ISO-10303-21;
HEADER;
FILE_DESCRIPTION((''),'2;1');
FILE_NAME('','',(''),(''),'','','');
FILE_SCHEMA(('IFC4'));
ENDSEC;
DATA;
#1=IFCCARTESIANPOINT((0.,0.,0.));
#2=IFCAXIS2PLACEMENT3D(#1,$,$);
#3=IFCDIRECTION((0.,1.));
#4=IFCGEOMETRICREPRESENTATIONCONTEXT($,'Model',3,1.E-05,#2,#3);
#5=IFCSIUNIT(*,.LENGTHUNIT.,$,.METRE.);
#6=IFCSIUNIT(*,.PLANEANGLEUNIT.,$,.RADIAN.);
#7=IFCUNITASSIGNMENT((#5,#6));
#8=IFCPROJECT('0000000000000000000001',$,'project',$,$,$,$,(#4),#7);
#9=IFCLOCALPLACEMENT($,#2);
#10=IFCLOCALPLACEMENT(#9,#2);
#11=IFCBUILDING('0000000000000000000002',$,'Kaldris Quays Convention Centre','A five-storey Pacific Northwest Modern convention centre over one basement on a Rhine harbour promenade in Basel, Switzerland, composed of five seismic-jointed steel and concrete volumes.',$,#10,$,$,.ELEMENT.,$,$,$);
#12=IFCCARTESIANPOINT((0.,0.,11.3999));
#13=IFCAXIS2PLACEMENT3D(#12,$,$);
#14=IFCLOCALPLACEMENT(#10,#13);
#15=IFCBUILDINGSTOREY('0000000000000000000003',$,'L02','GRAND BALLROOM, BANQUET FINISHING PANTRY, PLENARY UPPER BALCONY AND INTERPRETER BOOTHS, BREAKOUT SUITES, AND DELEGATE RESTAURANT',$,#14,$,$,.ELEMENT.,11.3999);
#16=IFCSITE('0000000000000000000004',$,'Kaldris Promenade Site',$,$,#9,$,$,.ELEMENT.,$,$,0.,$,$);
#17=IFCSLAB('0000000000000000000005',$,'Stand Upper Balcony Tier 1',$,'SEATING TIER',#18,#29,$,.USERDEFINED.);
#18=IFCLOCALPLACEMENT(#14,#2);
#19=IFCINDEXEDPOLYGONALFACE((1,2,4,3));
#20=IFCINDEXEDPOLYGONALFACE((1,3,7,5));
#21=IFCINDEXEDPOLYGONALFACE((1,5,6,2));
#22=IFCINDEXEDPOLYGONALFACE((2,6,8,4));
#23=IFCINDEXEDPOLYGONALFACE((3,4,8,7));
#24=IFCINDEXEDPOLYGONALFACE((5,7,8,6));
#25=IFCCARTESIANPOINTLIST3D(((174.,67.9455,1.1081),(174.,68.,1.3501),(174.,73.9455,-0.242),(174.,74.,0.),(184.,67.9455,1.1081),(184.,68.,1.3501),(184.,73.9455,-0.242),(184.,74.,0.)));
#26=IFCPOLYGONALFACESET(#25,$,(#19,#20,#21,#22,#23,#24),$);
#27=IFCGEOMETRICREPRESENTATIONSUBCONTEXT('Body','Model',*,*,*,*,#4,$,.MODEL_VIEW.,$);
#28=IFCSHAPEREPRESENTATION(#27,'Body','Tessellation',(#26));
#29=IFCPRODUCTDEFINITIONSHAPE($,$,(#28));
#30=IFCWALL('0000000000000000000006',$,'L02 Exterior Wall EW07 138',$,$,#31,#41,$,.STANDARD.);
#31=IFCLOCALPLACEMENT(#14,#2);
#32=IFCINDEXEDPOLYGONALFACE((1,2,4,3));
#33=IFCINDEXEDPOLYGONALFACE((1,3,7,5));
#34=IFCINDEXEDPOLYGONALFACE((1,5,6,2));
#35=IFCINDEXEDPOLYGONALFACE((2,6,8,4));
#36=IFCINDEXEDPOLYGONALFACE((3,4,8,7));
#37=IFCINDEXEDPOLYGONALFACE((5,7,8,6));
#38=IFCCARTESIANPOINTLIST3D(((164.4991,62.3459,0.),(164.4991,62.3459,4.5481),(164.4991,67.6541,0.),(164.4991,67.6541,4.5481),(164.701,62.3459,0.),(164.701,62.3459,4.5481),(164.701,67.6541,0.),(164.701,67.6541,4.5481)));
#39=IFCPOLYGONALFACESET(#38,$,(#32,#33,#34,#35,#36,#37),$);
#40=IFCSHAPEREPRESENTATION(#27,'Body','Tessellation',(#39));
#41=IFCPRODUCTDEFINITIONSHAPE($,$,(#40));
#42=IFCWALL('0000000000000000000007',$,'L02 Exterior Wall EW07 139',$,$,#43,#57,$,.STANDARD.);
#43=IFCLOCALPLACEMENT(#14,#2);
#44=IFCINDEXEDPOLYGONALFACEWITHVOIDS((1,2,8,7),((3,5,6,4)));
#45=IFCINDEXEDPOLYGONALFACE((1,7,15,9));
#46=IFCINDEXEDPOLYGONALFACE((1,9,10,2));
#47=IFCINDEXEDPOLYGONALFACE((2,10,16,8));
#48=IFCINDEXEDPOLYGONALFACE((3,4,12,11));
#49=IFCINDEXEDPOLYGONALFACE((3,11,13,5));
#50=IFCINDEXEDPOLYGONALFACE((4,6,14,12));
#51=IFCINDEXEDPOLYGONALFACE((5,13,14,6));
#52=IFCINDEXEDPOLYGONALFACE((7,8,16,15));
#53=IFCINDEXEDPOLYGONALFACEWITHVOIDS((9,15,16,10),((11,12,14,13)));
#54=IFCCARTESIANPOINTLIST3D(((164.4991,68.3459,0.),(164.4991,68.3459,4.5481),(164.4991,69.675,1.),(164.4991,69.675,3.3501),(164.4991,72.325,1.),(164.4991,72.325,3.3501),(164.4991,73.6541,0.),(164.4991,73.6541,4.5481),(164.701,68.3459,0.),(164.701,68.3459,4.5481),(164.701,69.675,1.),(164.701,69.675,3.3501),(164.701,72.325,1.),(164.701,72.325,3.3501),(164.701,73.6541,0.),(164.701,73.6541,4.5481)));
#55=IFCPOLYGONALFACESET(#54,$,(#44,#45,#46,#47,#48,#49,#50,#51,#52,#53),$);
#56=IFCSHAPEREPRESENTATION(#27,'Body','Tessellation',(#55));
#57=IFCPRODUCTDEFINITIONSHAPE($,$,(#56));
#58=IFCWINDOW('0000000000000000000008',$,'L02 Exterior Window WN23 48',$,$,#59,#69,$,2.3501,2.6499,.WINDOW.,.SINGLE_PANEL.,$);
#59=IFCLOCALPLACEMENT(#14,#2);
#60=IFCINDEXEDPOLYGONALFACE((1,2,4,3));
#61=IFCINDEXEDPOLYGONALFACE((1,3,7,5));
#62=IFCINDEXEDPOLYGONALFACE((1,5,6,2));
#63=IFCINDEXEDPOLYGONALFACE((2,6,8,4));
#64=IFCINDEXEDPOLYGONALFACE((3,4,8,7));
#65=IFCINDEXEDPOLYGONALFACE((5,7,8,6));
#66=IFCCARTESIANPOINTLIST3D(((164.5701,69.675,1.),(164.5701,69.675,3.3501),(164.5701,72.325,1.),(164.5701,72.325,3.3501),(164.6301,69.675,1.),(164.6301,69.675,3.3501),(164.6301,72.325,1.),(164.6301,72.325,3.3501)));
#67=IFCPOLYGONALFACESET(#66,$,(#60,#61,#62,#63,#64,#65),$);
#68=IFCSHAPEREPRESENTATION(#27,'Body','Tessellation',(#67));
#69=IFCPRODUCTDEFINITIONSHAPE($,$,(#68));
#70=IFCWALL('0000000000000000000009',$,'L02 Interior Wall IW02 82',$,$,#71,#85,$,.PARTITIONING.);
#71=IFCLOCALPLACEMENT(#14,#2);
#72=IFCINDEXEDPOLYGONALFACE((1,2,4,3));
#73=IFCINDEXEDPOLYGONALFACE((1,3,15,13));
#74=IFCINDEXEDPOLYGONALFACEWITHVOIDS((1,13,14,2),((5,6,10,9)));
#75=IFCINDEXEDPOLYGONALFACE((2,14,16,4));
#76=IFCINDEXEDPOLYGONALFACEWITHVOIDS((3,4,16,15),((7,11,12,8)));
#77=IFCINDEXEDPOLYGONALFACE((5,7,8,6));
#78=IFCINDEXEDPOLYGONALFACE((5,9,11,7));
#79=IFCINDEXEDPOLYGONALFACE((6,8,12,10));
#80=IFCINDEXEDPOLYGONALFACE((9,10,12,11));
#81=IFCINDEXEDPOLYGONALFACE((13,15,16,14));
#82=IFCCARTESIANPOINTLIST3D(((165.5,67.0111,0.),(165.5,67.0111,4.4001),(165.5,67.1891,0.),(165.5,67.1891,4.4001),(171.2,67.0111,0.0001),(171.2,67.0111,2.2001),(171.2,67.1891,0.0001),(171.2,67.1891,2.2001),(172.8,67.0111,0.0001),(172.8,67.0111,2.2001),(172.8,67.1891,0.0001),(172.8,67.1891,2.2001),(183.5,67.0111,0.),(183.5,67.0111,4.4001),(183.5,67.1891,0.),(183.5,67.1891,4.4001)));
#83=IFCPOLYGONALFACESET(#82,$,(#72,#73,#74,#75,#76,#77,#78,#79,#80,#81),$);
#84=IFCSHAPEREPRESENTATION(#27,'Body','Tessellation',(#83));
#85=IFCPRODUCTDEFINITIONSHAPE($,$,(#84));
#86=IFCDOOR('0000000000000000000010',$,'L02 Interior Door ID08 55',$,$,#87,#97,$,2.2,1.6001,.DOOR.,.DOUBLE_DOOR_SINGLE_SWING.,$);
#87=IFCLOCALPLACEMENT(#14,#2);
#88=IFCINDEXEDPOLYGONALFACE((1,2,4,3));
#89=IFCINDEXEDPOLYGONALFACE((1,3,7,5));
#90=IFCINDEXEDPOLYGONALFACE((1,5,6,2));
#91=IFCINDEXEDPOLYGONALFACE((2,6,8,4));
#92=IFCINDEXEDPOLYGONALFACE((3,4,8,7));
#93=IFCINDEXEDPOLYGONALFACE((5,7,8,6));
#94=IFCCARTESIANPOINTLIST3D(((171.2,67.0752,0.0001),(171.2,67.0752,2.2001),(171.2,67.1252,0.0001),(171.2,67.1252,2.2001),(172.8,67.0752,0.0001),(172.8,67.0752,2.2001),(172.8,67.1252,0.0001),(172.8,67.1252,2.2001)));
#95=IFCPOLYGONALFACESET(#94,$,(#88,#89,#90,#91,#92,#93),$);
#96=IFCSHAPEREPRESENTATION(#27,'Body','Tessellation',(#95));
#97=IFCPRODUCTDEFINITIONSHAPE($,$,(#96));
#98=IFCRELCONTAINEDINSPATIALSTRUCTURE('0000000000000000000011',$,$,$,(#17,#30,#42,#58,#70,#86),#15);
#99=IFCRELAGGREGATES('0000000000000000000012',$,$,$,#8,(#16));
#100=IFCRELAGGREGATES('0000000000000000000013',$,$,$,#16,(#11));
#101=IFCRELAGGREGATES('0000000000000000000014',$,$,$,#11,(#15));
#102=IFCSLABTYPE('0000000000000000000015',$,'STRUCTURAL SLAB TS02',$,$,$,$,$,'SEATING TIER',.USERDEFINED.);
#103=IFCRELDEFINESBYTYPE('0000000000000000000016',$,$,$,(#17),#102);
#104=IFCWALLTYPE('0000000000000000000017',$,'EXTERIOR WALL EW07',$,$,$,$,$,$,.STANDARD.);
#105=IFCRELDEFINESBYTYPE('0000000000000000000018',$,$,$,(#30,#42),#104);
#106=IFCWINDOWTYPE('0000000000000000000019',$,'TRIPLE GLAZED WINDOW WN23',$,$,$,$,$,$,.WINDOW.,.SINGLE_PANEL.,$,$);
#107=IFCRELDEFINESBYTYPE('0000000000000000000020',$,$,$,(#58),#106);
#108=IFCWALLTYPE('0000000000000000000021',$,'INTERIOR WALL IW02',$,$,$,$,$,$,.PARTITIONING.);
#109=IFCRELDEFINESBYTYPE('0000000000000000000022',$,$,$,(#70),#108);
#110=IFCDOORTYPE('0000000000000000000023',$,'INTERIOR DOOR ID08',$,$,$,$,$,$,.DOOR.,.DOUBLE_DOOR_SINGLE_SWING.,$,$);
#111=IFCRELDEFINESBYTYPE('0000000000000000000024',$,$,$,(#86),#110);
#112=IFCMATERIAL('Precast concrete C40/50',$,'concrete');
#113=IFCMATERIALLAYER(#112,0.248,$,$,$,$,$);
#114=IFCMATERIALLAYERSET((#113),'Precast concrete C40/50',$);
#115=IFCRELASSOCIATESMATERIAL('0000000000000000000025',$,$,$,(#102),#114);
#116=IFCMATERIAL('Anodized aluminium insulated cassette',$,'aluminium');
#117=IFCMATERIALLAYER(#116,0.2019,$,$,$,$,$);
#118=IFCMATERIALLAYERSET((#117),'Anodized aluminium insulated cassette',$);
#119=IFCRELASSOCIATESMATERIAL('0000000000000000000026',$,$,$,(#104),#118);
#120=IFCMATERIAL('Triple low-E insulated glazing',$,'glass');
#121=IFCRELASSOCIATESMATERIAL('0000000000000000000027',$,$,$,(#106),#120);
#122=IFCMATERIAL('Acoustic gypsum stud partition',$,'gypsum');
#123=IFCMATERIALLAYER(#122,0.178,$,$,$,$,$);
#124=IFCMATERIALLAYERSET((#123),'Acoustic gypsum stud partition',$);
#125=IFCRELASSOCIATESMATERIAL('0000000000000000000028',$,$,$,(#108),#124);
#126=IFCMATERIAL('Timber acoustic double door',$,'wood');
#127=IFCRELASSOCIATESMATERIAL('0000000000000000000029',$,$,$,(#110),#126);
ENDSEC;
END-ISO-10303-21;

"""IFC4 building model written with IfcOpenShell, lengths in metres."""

from ifc_helpers import new_model, si_unit, direction, frame, frame_2d, origin, place, context, subcontext, project, spatial, polyline, rectangle, outline, extrude, material, layer, layer_set, type_object, element, fill, save


model = new_model("IFC4")

# Units and contexts
model_context = context("Model", 3, precision=1e-05, world=origin(), true_north=direction((0.0, 1.0)))
body_context = subcontext(model_context, "Body", "Model", "MODEL_VIEW")
ifc_project = project(units=[si_unit("LENGTHUNIT", "METRE"), si_unit("PLANEANGLEUNIT", "RADIAN")], contexts=[model_context])

# Site, building, storey
site_placement = place(None, origin())
site = spatial("IfcSite", under=ifc_project, at=site_placement, Name="Kaldris Promenade Site", CompositionType="ELEMENT", RefElevation=0.0)
building_placement = place(site_placement, origin())
building = spatial("IfcBuilding", under=site, at=building_placement, Name="Kaldris Quays Convention Centre", Description="A five-storey Pacific Northwest Modern convention centre over one basement on a Rhine harbour promenade in Basel, Switzerland, composed of five seismic-jointed steel and concrete volumes.", CompositionType="ELEMENT")
storey_placement = place(building_placement, frame((0.0, 0.0, 11.3999)))
storey = spatial("IfcBuildingStorey", under=building, at=storey_placement, Name="L02", Description="GRAND BALLROOM, BANQUET FINISHING PANTRY, PLENARY UPPER BALCONY AND INTERPRETER BOOTHS, BREAKOUT SUITES, AND DELEGATE RESTAURANT", CompositionType="ELEMENT", Elevation=11.3999)

# Slab
ifc_material_1 = material(Name="Precast concrete C40/50", Category="concrete")
ifc_layer_1 = layer(ifc_material_1, 0.248)
ifc_layer_set_1 = layer_set([ifc_layer_1], Name="Precast concrete C40/50")
slab_type = type_object("IfcSlabType", Name="STRUCTURAL SLAB TS02", ElementType="SEATING TIER", PredefinedType="USERDEFINED", material=ifc_layer_set_1)
slab_placement = place(storey_placement, frame((174.0, 68.0, 1.3501), z_axis=(0.0, 0.219527, 0.975606), x_axis=(1.0, 0.0, 0.0)))
element("IfcSlab", 1, at=slab_placement, inside=storey, type_object=slab_type, Name="Stand Upper Balcony Tier 1", ObjectType="SEATING TIER", PredefinedType="USERDEFINED", context=body_context, shape_type="SweptSolid", body=[
    extrude(outline(polyline([(0.0, 0.0), (10.0, 0.0), (10.0, 6.15), (0.0, 6.15), (0.0, 0.0)])), origin(), (0.0, 0.0, -1.0), 0.248),
])

# Wall
ifc_material_2 = material(Name="Anodized aluminium insulated cassette", Category="aluminium")
ifc_layer_2 = layer(ifc_material_2, 0.2019)
ifc_layer_set_2 = layer_set([ifc_layer_2], Name="Anodized aluminium insulated cassette")
wall_type_1 = type_object("IfcWallType", Name="EXTERIOR WALL EW07", PredefinedType="STANDARD", material=ifc_layer_set_2)
wall_1_placement = place(storey_placement, frame((164.6001, 62.3459, 0.0), z_axis=(0.0, 0.0, 1.0), x_axis=(0.0, 1.0, 0.0)))
element("IfcWall", 2, at=wall_1_placement, inside=storey, type_object=wall_type_1, Name="L02 Exterior Wall EW07 138", PredefinedType="STANDARD", context=body_context, shape_type="SweptSolid", body=[
    extrude(rectangle(XDim=5.3081, YDim=0.2019, at=frame_2d((2.6541, 0.0))), origin(), (0.0, 0.0, 1.0), 4.5481),
])

# Wall, opening, window
wall_2_placement = place(storey_placement, frame((164.6001, 68.3459, 0.0), z_axis=(0.0, 0.0, 1.0), x_axis=(0.0, 1.0, 0.0)))
wall_2 = element("IfcWall", 3, at=wall_2_placement, inside=storey, type_object=wall_type_1, Name="L02 Exterior Wall EW07 139", PredefinedType="STANDARD", context=body_context, shape_type="SweptSolid", body=[
    extrude(rectangle(XDim=5.3081, YDim=0.2019, at=frame_2d((2.6541, 0.0))), origin(), (0.0, 0.0, 1.0), 4.5481),
])
opening_1_placement = place(wall_2_placement, frame((1.3291, 0.0, 1.0)))
opening_1 = element("IfcOpeningElement", 4, at=opening_1_placement, cuts=wall_2, PredefinedType="OPENING", context=body_context, shape_type="SweptSolid", body=[
    extrude(rectangle(XDim=2.6499, YDim=2.3501, at=frame_2d((1.325, 1.175))), frame((0.0, 0.1108, 0.0), z_axis=(0.0, -1.0, 0.0), x_axis=(1.0, 0.0, 0.0)), (0.0, 0.0, 1.0), 0.2219),
])
ifc_material_3 = material(Name="Triple low-E insulated glazing", Category="glass")
window_type = type_object("IfcWindowType", Name="TRIPLE GLAZED WINDOW WN23", PartitioningType="SINGLE_PANEL", PredefinedType="WINDOW", material=ifc_material_3)
window_placement = place(opening_1_placement, origin())
window = element("IfcWindow", 5, at=window_placement, inside=storey, type_object=window_type, Name="L02 Exterior Window WN23 48", OverallHeight=2.3501, OverallWidth=2.6499, PartitioningType="SINGLE_PANEL", PredefinedType="WINDOW", context=body_context, shape_type="SweptSolid", body=[
    extrude(rectangle(XDim=2.6499, YDim=2.3501, at=frame_2d((1.325, 1.175))), frame((0.0, 0.03, 0.0), z_axis=(0.0, -1.0, 0.0), x_axis=(1.0, 0.0, 0.0)), (0.0, 0.0, 1.0), 0.0601),
])
fill(opening_1, window)

# Wall, opening, door
ifc_material_4 = material(Name="Acoustic gypsum stud partition", Category="gypsum")
ifc_layer_3 = layer(ifc_material_4, 0.178)
ifc_layer_set_3 = layer_set([ifc_layer_3], Name="Acoustic gypsum stud partition")
wall_type_2 = type_object("IfcWallType", Name="INTERIOR WALL IW02", PredefinedType="PARTITIONING", material=ifc_layer_set_3)
wall_3_placement = place(storey_placement, frame((165.5, 67.1001, 0.0), z_axis=(0.0, 0.0, 1.0), x_axis=(1.0, 0.0, 0.0)))
wall_3 = element("IfcWall", 6, at=wall_3_placement, inside=storey, type_object=wall_type_2, Name="L02 Interior Wall IW02 82", PredefinedType="PARTITIONING", context=body_context, shape_type="SweptSolid", body=[
    extrude(rectangle(XDim=18.0, YDim=0.178, at=frame_2d((9.0, 0.0))), origin(), (0.0, 0.0, 1.0), 4.4001),
])
opening_2_placement = place(wall_3_placement, frame((5.7, 0.0, 0.0)))
opening_2 = element("IfcOpeningElement", 7, at=opening_2_placement, cuts=wall_3, PredefinedType="OPENING", context=body_context, shape_type="SweptSolid", body=[
    extrude(rectangle(XDim=1.6001, YDim=2.2, at=frame_2d((0.8, 1.1001))), frame((0.0, 0.0991, 0.0), z_axis=(0.0, -1.0, 0.0), x_axis=(1.0, 0.0, 0.0)), (0.0, 0.0, 1.0), 0.198),
])
ifc_material_5 = material(Name="Timber acoustic double door", Category="wood")
door_type = type_object("IfcDoorType", Name="INTERIOR DOOR ID08", OperationType="DOUBLE_DOOR_SINGLE_SWING", PredefinedType="DOOR", material=ifc_material_5)
door_placement = place(opening_2_placement, frame((1.6001, 0.0, 0.0), z_axis=(0.0, 0.0, 1.0), x_axis=(-1.0, 0.0, 0.0)))
door = element("IfcDoor", 8, at=door_placement, inside=storey, type_object=door_type, Name="L02 Interior Door ID08 55", OperationType="DOUBLE_DOOR_SINGLE_SWING", OverallHeight=2.2, OverallWidth=1.6001, PredefinedType="DOOR", context=body_context, shape_type="SweptSolid", body=[
    extrude(rectangle(XDim=1.6001, YDim=2.2, at=frame_2d((0.8, 1.1001))), frame((0.0, 0.0249, 0.0), z_axis=(0.0, -1.0, 0.0), x_axis=(1.0, 0.0, 0.0)), (0.0, 0.0, 1.0), 0.05),
])
fill(opening_2, door)

save(model, "model.ifc")
